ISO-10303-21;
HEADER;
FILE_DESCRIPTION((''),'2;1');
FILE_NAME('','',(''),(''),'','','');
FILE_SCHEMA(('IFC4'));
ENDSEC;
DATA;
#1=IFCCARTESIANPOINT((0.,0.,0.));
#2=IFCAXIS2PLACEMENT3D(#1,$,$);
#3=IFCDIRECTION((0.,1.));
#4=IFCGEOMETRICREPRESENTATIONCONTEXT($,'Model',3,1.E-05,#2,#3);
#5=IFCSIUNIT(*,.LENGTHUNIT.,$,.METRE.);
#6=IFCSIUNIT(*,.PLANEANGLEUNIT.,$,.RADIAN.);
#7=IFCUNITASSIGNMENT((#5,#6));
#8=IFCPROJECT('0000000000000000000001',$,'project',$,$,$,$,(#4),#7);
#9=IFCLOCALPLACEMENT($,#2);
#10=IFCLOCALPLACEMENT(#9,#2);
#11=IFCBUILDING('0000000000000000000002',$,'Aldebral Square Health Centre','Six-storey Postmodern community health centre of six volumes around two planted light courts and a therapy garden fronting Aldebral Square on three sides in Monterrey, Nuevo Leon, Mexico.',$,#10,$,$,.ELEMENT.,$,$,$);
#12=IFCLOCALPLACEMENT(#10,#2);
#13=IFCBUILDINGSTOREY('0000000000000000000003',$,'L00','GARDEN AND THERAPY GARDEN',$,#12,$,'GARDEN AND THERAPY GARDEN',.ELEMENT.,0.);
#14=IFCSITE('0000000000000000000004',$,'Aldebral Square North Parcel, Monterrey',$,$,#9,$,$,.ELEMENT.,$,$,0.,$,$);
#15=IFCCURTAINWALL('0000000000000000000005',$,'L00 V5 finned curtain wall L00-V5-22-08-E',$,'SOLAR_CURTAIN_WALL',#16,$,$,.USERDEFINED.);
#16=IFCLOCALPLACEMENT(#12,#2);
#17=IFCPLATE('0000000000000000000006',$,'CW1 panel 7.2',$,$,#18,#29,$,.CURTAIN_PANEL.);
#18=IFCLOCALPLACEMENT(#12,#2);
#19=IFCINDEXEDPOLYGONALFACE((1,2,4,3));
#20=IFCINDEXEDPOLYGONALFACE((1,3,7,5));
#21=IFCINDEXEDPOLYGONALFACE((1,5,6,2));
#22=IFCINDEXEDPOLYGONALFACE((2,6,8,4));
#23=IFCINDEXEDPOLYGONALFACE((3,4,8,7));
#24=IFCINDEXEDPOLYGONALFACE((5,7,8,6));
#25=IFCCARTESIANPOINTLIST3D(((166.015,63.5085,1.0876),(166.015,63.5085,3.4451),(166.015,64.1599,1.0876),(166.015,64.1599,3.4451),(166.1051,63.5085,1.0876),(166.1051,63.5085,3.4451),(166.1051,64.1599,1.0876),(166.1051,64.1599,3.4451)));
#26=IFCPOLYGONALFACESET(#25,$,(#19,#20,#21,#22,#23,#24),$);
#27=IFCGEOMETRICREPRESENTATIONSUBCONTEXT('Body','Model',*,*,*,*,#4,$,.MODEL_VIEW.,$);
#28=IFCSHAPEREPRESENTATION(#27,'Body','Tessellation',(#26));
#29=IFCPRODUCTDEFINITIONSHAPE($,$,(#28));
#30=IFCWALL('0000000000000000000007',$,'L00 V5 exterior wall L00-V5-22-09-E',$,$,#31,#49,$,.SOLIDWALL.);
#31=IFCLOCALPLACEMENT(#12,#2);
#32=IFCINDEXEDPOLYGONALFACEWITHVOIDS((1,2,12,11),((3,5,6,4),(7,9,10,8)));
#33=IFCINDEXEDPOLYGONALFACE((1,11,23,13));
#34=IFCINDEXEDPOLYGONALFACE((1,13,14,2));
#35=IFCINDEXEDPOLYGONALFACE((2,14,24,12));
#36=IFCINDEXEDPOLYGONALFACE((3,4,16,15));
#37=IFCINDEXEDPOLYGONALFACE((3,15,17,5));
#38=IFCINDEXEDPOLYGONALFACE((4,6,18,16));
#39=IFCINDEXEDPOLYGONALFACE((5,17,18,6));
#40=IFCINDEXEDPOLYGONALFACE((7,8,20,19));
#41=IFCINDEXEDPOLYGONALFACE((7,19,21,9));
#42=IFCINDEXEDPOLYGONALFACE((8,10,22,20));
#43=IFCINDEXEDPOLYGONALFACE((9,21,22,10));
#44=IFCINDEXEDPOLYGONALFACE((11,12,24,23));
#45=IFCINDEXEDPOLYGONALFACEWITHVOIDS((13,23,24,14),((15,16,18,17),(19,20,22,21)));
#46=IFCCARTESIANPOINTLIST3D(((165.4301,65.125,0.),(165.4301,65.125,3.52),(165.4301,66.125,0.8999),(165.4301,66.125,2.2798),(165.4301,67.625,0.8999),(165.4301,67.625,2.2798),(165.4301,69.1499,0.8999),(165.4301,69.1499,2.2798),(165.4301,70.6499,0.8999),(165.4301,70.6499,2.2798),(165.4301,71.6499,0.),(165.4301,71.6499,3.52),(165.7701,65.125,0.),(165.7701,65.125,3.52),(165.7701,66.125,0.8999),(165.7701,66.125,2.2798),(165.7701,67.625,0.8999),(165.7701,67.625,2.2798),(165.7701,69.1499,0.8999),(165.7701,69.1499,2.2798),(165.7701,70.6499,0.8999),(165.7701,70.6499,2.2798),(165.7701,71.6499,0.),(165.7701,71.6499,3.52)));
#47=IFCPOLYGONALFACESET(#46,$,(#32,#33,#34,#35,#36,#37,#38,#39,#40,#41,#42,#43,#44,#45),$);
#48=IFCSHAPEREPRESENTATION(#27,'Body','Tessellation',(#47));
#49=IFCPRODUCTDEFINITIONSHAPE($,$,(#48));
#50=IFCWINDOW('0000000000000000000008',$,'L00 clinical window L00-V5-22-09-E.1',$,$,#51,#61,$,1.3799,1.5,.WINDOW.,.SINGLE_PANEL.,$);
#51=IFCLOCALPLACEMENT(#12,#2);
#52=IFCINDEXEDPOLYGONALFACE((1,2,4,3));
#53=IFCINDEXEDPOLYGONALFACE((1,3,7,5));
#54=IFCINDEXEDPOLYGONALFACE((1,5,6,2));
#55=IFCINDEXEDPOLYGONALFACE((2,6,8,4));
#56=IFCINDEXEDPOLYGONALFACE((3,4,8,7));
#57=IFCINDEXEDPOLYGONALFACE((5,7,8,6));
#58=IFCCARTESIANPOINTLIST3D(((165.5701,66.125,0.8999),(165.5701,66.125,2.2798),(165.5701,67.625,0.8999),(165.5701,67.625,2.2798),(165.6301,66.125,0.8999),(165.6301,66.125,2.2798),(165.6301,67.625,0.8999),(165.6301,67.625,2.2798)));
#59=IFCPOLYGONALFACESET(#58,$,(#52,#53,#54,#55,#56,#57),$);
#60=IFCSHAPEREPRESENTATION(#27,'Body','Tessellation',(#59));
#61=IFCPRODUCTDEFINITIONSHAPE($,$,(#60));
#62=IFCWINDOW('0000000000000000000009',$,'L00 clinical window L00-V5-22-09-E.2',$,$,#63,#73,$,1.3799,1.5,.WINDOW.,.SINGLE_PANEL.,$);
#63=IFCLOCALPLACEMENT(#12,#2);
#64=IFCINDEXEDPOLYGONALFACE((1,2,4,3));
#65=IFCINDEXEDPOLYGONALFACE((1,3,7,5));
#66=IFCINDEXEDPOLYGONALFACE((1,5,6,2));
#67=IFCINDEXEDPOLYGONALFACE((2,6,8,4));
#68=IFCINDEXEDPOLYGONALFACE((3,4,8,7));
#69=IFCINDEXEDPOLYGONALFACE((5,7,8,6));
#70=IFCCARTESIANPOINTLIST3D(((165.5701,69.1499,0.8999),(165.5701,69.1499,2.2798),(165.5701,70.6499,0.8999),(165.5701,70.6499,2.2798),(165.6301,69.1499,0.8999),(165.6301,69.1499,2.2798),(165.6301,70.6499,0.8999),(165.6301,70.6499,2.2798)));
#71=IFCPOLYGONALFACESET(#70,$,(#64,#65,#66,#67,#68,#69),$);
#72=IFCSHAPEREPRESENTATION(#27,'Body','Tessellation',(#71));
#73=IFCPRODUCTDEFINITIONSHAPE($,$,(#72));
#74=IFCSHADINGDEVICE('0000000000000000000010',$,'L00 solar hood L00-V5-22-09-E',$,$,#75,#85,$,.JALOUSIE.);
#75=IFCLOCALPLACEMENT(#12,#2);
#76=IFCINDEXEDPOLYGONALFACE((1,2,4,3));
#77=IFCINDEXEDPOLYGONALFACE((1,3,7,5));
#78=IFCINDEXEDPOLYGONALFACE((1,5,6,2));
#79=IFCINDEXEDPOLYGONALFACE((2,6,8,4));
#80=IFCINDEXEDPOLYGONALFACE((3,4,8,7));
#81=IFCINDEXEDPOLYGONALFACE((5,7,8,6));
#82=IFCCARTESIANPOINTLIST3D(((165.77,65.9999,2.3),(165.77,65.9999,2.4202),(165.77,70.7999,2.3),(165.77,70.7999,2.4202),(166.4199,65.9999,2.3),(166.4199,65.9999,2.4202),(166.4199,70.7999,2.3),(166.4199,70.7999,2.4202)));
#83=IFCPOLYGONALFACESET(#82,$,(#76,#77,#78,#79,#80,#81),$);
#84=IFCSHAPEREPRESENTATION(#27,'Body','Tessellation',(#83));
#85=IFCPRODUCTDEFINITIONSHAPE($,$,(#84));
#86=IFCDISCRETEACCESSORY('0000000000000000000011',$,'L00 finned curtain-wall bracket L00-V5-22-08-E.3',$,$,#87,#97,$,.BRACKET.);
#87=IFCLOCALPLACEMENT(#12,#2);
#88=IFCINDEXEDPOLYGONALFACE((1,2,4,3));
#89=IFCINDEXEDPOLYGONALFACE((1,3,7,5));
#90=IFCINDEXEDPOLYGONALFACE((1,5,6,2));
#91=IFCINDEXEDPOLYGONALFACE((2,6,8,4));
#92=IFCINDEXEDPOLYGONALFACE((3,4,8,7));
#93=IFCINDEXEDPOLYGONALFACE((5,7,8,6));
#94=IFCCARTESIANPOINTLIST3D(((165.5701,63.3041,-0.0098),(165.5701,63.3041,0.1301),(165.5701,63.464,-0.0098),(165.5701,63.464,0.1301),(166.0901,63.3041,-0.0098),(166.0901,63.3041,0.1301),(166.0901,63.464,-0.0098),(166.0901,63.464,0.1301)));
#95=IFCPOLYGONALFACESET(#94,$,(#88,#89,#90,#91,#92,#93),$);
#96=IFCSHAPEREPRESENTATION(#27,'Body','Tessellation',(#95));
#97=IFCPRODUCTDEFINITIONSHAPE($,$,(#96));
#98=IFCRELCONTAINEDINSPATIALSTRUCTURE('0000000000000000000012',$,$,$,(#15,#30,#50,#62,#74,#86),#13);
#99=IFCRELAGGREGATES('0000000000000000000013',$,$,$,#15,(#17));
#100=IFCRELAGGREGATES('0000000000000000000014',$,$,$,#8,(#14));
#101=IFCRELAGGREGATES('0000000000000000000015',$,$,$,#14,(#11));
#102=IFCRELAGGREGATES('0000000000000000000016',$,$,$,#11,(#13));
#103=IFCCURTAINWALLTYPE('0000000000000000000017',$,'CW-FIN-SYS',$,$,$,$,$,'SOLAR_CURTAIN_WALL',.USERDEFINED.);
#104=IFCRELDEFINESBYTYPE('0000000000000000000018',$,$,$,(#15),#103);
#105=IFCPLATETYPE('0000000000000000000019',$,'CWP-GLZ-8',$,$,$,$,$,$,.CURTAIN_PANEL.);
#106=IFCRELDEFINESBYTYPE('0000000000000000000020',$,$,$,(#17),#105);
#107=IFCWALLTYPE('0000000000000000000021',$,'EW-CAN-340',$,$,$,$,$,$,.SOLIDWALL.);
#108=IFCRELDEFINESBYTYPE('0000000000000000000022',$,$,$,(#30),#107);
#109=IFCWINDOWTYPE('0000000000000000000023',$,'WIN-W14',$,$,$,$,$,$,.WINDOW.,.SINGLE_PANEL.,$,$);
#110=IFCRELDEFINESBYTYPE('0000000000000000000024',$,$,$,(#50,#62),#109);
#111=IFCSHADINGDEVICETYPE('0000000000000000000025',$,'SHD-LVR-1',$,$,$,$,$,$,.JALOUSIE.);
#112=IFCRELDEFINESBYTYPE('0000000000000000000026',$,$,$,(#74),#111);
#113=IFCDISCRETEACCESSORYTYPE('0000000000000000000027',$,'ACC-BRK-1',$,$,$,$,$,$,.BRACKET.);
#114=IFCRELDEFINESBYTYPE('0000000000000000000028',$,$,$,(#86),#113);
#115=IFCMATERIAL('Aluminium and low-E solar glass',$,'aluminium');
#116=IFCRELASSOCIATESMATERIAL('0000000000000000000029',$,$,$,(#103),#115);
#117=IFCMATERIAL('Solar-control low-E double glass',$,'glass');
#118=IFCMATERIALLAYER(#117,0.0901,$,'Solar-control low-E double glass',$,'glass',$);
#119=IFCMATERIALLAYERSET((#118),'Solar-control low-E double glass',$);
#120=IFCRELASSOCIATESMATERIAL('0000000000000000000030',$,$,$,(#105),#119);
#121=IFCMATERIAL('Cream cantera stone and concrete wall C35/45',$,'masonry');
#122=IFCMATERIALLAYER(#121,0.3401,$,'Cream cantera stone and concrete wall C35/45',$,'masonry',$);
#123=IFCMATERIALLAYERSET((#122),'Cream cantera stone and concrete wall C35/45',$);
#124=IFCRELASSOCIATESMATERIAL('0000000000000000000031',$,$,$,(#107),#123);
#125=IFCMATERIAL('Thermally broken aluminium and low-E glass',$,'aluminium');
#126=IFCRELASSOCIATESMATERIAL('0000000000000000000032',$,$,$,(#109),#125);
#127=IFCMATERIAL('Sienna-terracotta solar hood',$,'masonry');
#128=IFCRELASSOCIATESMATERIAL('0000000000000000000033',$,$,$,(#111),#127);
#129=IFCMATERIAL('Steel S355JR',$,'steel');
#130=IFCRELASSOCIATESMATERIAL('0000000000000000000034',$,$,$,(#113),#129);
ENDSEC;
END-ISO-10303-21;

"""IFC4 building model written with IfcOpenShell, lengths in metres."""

from ifc_helpers import new_model, si_unit, direction, frame, frame_2d, origin, origin_2d, place, context, subcontext, project, spatial, rectangle, extrude, material, layer, layer_set, type_object, element, fill, aggregate, save


model = new_model("IFC4")

# Units and contexts
model_context = context("Model", 3, precision=1e-05, world=origin(), true_north=direction((0.0, 1.0)))
body_context = subcontext(model_context, "Body", "Model", "MODEL_VIEW")
ifc_project = project(units=[si_unit("LENGTHUNIT", "METRE"), si_unit("PLANEANGLEUNIT", "RADIAN")], contexts=[model_context])

# Site, building, storey
site_placement = place(None, origin())
site = spatial("IfcSite", under=ifc_project, at=site_placement, Name="Aldebral Square North Parcel, Monterrey", CompositionType="ELEMENT", RefElevation=0.0)
building_placement = place(site_placement, origin())
building = spatial("IfcBuilding", under=site, at=building_placement, Name="Aldebral Square Health Centre", Description="Six-storey Postmodern community health centre of six volumes around two planted light courts and a therapy garden fronting Aldebral Square on three sides in Monterrey, Nuevo Leon, Mexico.", CompositionType="ELEMENT")
storey_placement = place(building_placement, origin())
storey = spatial("IfcBuildingStorey", under=building, at=storey_placement, Name="L00", Description="GARDEN AND THERAPY GARDEN", LongName="GARDEN AND THERAPY GARDEN", CompositionType="ELEMENT", Elevation=0.0)

# Curtain wall
ifc_material_1 = material(Name="Aluminium and low-E solar glass", Category="aluminium")
curtain_wall_type = type_object("IfcCurtainWallType", Name="CW-FIN-SYS", ElementType="SOLAR_CURTAIN_WALL", PredefinedType="USERDEFINED", material=ifc_material_1)
curtain_wall_1_placement = place(storey_placement, origin())
curtain_wall_1 = element("IfcCurtainWall", 1, at=curtain_wall_1_placement, inside=storey, type_object=curtain_wall_type, Name="L00 V5 finned curtain wall L00-V5-22-08-E", ObjectType="SOLAR_CURTAIN_WALL", PredefinedType="USERDEFINED")

# Plate
ifc_material_2 = material(Name="Solar-control low-E double glass", Category="glass")
ifc_layer_1 = layer(ifc_material_2, 0.0901, Name="Solar-control low-E double glass", Category="glass")
ifc_layer_set_1 = layer_set([ifc_layer_1], Name="Solar-control low-E double glass")
plate_type = type_object("IfcPlateType", Name="CWP-GLZ-8", PredefinedType="CURTAIN_PANEL", material=ifc_layer_set_1)
plate_1_placement = place(storey_placement, frame((166.0601, 63.8342, 1.0876), z_axis=(0.0, 0.0, 1.0), x_axis=(0.0, 1.0, 0.0)))
plate_1 = element("IfcPlate", 2, at=plate_1_placement, type_object=plate_type, Name="CW1 panel 7.2", PredefinedType="CURTAIN_PANEL", context=body_context, shape_type="SweptSolid", body=[
    extrude(rectangle(XDim=0.6514, YDim=0.0901, at=origin_2d()), origin(), (0.0, 0.0, 1.0), 2.3574),
])
aggregate(curtain_wall_1, [plate_1])

# Wall, openings, windows
ifc_material_3 = material(Name="Cream cantera stone and concrete wall C35/45", Category="masonry")
ifc_layer_2 = layer(ifc_material_3, 0.3401, Name="Cream cantera stone and concrete wall C35/45", Category="masonry")
ifc_layer_set_2 = layer_set([ifc_layer_2], Name="Cream cantera stone and concrete wall C35/45")
wall_type = type_object("IfcWallType", Name="EW-CAN-340", PredefinedType="SOLIDWALL", material=ifc_layer_set_2)
wall_placement = place(storey_placement, frame((165.6001, 65.125, 0.0), z_axis=(0.0, 0.0, 1.0), x_axis=(0.0, 1.0, 0.0)))
wall = element("IfcWall", 3, at=wall_placement, inside=storey, type_object=wall_type, Name="L00 V5 exterior wall L00-V5-22-09-E", PredefinedType="SOLIDWALL", context=body_context, shape_type="SweptSolid", body=[
    extrude(rectangle(XDim=6.5249, YDim=0.3401, at=frame_2d((3.2625, 0.0))), origin(), (0.0, 0.0, 1.0), 3.52),
])
opening_1_placement = place(wall_placement, frame((1.0, 0.0, 0.8999)))
opening_1 = element("IfcOpeningElement", 4, at=opening_1_placement, cuts=wall, PredefinedType="OPENING", context=body_context, shape_type="SweptSolid", body=[
    extrude(rectangle(XDim=1.5, YDim=1.3799, at=frame_2d((0.75, 0.6899))), frame((0.0, 0.1802, 0.0), z_axis=(0.0, -1.0, 0.0), x_axis=(1.0, 0.0, 0.0)), (0.0, 0.0, 1.0), 0.3601),
])
opening_2_placement = place(wall_placement, frame((4.0249, 0.0, 0.8999)))
opening_2 = element("IfcOpeningElement", 5, at=opening_2_placement, cuts=wall, PredefinedType="OPENING", context=body_context, shape_type="SweptSolid", body=[
    extrude(rectangle(XDim=1.5, YDim=1.3799, at=frame_2d((0.75, 0.6899))), frame((0.0, 0.1802, 0.0), z_axis=(0.0, -1.0, 0.0), x_axis=(1.0, 0.0, 0.0)), (0.0, 0.0, 1.0), 0.3601),
])
ifc_material_4 = material(Name="Thermally broken aluminium and low-E glass", Category="aluminium")
window_type = type_object("IfcWindowType", Name="WIN-W14", PartitioningType="SINGLE_PANEL", PredefinedType="WINDOW", material=ifc_material_4)
window_1_placement = place(opening_1_placement, origin())
window_1 = element("IfcWindow", 6, at=window_1_placement, inside=storey, type_object=window_type, Name="L00 clinical window L00-V5-22-09-E.1", OverallHeight=1.3799, OverallWidth=1.5, PartitioningType="SINGLE_PANEL", PredefinedType="WINDOW", context=body_context, shape_type="SweptSolid", body=[
    extrude(rectangle(XDim=1.5, YDim=1.3799, at=frame_2d((0.75, 0.6899))), frame((0.0, 0.03, 0.0), z_axis=(0.0, -1.0, 0.0), x_axis=(1.0, 0.0, 0.0)), (0.0, 0.0, 1.0), 0.0601),
])
fill(opening_1, window_1)
window_2_placement = place(opening_2_placement, origin())
window_2 = element("IfcWindow", 7, at=window_2_placement, inside=storey, type_object=window_type, Name="L00 clinical window L00-V5-22-09-E.2", OverallHeight=1.3799, OverallWidth=1.5, PartitioningType="SINGLE_PANEL", PredefinedType="WINDOW", context=body_context, shape_type="SweptSolid", body=[
    extrude(rectangle(XDim=1.5, YDim=1.3799, at=frame_2d((0.75, 0.6899))), frame((0.0, 0.03, 0.0), z_axis=(0.0, -1.0, 0.0), x_axis=(1.0, 0.0, 0.0)), (0.0, 0.0, 1.0), 0.0601),
])
fill(opening_2, window_2)

# Shading device
ifc_material_5 = material(Name="Sienna-terracotta solar hood", Category="masonry")
shading_device_type = type_object("IfcShadingDeviceType", Name="SHD-LVR-1", PredefinedType="JALOUSIE", material=ifc_material_5)
shading_device_placement = place(storey_placement, frame((166.095, 68.3999, 2.3), z_axis=(0.0, 0.0, 1.0), x_axis=(0.0, 1.0, 0.0)))
element("IfcShadingDevice", 8, at=shading_device_placement, inside=storey, type_object=shading_device_type, Name="L00 solar hood L00-V5-22-09-E", PredefinedType="JALOUSIE", context=body_context, shape_type="SweptSolid", body=[
    extrude(rectangle(XDim=4.8, YDim=0.6499, at=origin_2d()), origin(), (0.0, 0.0, 1.0), 0.1201),
])

# Discrete accessory
ifc_material_6 = material(Name="Steel S355JR", Category="steel")
discrete_accessory_type = type_object("IfcDiscreteAccessoryType", Name="ACC-BRK-1", PredefinedType="BRACKET", material=ifc_material_6)
discrete_accessory_placement = place(storey_placement, frame((165.8301, 63.384, -0.0098), z_axis=(0.0, 0.0, 1.0), x_axis=(0.0, 1.0, 0.0)))
element("IfcDiscreteAccessory", 9, at=discrete_accessory_placement, inside=storey, type_object=discrete_accessory_type, Name="L00 finned curtain-wall bracket L00-V5-22-08-E.3", PredefinedType="BRACKET", context=body_context, shape_type="SweptSolid", body=[
    extrude(rectangle(XDim=0.1599, YDim=0.52, at=origin_2d()), origin(), (0.0, 0.0, 1.0), 0.1399),
])

save(model, "model.ifc")
